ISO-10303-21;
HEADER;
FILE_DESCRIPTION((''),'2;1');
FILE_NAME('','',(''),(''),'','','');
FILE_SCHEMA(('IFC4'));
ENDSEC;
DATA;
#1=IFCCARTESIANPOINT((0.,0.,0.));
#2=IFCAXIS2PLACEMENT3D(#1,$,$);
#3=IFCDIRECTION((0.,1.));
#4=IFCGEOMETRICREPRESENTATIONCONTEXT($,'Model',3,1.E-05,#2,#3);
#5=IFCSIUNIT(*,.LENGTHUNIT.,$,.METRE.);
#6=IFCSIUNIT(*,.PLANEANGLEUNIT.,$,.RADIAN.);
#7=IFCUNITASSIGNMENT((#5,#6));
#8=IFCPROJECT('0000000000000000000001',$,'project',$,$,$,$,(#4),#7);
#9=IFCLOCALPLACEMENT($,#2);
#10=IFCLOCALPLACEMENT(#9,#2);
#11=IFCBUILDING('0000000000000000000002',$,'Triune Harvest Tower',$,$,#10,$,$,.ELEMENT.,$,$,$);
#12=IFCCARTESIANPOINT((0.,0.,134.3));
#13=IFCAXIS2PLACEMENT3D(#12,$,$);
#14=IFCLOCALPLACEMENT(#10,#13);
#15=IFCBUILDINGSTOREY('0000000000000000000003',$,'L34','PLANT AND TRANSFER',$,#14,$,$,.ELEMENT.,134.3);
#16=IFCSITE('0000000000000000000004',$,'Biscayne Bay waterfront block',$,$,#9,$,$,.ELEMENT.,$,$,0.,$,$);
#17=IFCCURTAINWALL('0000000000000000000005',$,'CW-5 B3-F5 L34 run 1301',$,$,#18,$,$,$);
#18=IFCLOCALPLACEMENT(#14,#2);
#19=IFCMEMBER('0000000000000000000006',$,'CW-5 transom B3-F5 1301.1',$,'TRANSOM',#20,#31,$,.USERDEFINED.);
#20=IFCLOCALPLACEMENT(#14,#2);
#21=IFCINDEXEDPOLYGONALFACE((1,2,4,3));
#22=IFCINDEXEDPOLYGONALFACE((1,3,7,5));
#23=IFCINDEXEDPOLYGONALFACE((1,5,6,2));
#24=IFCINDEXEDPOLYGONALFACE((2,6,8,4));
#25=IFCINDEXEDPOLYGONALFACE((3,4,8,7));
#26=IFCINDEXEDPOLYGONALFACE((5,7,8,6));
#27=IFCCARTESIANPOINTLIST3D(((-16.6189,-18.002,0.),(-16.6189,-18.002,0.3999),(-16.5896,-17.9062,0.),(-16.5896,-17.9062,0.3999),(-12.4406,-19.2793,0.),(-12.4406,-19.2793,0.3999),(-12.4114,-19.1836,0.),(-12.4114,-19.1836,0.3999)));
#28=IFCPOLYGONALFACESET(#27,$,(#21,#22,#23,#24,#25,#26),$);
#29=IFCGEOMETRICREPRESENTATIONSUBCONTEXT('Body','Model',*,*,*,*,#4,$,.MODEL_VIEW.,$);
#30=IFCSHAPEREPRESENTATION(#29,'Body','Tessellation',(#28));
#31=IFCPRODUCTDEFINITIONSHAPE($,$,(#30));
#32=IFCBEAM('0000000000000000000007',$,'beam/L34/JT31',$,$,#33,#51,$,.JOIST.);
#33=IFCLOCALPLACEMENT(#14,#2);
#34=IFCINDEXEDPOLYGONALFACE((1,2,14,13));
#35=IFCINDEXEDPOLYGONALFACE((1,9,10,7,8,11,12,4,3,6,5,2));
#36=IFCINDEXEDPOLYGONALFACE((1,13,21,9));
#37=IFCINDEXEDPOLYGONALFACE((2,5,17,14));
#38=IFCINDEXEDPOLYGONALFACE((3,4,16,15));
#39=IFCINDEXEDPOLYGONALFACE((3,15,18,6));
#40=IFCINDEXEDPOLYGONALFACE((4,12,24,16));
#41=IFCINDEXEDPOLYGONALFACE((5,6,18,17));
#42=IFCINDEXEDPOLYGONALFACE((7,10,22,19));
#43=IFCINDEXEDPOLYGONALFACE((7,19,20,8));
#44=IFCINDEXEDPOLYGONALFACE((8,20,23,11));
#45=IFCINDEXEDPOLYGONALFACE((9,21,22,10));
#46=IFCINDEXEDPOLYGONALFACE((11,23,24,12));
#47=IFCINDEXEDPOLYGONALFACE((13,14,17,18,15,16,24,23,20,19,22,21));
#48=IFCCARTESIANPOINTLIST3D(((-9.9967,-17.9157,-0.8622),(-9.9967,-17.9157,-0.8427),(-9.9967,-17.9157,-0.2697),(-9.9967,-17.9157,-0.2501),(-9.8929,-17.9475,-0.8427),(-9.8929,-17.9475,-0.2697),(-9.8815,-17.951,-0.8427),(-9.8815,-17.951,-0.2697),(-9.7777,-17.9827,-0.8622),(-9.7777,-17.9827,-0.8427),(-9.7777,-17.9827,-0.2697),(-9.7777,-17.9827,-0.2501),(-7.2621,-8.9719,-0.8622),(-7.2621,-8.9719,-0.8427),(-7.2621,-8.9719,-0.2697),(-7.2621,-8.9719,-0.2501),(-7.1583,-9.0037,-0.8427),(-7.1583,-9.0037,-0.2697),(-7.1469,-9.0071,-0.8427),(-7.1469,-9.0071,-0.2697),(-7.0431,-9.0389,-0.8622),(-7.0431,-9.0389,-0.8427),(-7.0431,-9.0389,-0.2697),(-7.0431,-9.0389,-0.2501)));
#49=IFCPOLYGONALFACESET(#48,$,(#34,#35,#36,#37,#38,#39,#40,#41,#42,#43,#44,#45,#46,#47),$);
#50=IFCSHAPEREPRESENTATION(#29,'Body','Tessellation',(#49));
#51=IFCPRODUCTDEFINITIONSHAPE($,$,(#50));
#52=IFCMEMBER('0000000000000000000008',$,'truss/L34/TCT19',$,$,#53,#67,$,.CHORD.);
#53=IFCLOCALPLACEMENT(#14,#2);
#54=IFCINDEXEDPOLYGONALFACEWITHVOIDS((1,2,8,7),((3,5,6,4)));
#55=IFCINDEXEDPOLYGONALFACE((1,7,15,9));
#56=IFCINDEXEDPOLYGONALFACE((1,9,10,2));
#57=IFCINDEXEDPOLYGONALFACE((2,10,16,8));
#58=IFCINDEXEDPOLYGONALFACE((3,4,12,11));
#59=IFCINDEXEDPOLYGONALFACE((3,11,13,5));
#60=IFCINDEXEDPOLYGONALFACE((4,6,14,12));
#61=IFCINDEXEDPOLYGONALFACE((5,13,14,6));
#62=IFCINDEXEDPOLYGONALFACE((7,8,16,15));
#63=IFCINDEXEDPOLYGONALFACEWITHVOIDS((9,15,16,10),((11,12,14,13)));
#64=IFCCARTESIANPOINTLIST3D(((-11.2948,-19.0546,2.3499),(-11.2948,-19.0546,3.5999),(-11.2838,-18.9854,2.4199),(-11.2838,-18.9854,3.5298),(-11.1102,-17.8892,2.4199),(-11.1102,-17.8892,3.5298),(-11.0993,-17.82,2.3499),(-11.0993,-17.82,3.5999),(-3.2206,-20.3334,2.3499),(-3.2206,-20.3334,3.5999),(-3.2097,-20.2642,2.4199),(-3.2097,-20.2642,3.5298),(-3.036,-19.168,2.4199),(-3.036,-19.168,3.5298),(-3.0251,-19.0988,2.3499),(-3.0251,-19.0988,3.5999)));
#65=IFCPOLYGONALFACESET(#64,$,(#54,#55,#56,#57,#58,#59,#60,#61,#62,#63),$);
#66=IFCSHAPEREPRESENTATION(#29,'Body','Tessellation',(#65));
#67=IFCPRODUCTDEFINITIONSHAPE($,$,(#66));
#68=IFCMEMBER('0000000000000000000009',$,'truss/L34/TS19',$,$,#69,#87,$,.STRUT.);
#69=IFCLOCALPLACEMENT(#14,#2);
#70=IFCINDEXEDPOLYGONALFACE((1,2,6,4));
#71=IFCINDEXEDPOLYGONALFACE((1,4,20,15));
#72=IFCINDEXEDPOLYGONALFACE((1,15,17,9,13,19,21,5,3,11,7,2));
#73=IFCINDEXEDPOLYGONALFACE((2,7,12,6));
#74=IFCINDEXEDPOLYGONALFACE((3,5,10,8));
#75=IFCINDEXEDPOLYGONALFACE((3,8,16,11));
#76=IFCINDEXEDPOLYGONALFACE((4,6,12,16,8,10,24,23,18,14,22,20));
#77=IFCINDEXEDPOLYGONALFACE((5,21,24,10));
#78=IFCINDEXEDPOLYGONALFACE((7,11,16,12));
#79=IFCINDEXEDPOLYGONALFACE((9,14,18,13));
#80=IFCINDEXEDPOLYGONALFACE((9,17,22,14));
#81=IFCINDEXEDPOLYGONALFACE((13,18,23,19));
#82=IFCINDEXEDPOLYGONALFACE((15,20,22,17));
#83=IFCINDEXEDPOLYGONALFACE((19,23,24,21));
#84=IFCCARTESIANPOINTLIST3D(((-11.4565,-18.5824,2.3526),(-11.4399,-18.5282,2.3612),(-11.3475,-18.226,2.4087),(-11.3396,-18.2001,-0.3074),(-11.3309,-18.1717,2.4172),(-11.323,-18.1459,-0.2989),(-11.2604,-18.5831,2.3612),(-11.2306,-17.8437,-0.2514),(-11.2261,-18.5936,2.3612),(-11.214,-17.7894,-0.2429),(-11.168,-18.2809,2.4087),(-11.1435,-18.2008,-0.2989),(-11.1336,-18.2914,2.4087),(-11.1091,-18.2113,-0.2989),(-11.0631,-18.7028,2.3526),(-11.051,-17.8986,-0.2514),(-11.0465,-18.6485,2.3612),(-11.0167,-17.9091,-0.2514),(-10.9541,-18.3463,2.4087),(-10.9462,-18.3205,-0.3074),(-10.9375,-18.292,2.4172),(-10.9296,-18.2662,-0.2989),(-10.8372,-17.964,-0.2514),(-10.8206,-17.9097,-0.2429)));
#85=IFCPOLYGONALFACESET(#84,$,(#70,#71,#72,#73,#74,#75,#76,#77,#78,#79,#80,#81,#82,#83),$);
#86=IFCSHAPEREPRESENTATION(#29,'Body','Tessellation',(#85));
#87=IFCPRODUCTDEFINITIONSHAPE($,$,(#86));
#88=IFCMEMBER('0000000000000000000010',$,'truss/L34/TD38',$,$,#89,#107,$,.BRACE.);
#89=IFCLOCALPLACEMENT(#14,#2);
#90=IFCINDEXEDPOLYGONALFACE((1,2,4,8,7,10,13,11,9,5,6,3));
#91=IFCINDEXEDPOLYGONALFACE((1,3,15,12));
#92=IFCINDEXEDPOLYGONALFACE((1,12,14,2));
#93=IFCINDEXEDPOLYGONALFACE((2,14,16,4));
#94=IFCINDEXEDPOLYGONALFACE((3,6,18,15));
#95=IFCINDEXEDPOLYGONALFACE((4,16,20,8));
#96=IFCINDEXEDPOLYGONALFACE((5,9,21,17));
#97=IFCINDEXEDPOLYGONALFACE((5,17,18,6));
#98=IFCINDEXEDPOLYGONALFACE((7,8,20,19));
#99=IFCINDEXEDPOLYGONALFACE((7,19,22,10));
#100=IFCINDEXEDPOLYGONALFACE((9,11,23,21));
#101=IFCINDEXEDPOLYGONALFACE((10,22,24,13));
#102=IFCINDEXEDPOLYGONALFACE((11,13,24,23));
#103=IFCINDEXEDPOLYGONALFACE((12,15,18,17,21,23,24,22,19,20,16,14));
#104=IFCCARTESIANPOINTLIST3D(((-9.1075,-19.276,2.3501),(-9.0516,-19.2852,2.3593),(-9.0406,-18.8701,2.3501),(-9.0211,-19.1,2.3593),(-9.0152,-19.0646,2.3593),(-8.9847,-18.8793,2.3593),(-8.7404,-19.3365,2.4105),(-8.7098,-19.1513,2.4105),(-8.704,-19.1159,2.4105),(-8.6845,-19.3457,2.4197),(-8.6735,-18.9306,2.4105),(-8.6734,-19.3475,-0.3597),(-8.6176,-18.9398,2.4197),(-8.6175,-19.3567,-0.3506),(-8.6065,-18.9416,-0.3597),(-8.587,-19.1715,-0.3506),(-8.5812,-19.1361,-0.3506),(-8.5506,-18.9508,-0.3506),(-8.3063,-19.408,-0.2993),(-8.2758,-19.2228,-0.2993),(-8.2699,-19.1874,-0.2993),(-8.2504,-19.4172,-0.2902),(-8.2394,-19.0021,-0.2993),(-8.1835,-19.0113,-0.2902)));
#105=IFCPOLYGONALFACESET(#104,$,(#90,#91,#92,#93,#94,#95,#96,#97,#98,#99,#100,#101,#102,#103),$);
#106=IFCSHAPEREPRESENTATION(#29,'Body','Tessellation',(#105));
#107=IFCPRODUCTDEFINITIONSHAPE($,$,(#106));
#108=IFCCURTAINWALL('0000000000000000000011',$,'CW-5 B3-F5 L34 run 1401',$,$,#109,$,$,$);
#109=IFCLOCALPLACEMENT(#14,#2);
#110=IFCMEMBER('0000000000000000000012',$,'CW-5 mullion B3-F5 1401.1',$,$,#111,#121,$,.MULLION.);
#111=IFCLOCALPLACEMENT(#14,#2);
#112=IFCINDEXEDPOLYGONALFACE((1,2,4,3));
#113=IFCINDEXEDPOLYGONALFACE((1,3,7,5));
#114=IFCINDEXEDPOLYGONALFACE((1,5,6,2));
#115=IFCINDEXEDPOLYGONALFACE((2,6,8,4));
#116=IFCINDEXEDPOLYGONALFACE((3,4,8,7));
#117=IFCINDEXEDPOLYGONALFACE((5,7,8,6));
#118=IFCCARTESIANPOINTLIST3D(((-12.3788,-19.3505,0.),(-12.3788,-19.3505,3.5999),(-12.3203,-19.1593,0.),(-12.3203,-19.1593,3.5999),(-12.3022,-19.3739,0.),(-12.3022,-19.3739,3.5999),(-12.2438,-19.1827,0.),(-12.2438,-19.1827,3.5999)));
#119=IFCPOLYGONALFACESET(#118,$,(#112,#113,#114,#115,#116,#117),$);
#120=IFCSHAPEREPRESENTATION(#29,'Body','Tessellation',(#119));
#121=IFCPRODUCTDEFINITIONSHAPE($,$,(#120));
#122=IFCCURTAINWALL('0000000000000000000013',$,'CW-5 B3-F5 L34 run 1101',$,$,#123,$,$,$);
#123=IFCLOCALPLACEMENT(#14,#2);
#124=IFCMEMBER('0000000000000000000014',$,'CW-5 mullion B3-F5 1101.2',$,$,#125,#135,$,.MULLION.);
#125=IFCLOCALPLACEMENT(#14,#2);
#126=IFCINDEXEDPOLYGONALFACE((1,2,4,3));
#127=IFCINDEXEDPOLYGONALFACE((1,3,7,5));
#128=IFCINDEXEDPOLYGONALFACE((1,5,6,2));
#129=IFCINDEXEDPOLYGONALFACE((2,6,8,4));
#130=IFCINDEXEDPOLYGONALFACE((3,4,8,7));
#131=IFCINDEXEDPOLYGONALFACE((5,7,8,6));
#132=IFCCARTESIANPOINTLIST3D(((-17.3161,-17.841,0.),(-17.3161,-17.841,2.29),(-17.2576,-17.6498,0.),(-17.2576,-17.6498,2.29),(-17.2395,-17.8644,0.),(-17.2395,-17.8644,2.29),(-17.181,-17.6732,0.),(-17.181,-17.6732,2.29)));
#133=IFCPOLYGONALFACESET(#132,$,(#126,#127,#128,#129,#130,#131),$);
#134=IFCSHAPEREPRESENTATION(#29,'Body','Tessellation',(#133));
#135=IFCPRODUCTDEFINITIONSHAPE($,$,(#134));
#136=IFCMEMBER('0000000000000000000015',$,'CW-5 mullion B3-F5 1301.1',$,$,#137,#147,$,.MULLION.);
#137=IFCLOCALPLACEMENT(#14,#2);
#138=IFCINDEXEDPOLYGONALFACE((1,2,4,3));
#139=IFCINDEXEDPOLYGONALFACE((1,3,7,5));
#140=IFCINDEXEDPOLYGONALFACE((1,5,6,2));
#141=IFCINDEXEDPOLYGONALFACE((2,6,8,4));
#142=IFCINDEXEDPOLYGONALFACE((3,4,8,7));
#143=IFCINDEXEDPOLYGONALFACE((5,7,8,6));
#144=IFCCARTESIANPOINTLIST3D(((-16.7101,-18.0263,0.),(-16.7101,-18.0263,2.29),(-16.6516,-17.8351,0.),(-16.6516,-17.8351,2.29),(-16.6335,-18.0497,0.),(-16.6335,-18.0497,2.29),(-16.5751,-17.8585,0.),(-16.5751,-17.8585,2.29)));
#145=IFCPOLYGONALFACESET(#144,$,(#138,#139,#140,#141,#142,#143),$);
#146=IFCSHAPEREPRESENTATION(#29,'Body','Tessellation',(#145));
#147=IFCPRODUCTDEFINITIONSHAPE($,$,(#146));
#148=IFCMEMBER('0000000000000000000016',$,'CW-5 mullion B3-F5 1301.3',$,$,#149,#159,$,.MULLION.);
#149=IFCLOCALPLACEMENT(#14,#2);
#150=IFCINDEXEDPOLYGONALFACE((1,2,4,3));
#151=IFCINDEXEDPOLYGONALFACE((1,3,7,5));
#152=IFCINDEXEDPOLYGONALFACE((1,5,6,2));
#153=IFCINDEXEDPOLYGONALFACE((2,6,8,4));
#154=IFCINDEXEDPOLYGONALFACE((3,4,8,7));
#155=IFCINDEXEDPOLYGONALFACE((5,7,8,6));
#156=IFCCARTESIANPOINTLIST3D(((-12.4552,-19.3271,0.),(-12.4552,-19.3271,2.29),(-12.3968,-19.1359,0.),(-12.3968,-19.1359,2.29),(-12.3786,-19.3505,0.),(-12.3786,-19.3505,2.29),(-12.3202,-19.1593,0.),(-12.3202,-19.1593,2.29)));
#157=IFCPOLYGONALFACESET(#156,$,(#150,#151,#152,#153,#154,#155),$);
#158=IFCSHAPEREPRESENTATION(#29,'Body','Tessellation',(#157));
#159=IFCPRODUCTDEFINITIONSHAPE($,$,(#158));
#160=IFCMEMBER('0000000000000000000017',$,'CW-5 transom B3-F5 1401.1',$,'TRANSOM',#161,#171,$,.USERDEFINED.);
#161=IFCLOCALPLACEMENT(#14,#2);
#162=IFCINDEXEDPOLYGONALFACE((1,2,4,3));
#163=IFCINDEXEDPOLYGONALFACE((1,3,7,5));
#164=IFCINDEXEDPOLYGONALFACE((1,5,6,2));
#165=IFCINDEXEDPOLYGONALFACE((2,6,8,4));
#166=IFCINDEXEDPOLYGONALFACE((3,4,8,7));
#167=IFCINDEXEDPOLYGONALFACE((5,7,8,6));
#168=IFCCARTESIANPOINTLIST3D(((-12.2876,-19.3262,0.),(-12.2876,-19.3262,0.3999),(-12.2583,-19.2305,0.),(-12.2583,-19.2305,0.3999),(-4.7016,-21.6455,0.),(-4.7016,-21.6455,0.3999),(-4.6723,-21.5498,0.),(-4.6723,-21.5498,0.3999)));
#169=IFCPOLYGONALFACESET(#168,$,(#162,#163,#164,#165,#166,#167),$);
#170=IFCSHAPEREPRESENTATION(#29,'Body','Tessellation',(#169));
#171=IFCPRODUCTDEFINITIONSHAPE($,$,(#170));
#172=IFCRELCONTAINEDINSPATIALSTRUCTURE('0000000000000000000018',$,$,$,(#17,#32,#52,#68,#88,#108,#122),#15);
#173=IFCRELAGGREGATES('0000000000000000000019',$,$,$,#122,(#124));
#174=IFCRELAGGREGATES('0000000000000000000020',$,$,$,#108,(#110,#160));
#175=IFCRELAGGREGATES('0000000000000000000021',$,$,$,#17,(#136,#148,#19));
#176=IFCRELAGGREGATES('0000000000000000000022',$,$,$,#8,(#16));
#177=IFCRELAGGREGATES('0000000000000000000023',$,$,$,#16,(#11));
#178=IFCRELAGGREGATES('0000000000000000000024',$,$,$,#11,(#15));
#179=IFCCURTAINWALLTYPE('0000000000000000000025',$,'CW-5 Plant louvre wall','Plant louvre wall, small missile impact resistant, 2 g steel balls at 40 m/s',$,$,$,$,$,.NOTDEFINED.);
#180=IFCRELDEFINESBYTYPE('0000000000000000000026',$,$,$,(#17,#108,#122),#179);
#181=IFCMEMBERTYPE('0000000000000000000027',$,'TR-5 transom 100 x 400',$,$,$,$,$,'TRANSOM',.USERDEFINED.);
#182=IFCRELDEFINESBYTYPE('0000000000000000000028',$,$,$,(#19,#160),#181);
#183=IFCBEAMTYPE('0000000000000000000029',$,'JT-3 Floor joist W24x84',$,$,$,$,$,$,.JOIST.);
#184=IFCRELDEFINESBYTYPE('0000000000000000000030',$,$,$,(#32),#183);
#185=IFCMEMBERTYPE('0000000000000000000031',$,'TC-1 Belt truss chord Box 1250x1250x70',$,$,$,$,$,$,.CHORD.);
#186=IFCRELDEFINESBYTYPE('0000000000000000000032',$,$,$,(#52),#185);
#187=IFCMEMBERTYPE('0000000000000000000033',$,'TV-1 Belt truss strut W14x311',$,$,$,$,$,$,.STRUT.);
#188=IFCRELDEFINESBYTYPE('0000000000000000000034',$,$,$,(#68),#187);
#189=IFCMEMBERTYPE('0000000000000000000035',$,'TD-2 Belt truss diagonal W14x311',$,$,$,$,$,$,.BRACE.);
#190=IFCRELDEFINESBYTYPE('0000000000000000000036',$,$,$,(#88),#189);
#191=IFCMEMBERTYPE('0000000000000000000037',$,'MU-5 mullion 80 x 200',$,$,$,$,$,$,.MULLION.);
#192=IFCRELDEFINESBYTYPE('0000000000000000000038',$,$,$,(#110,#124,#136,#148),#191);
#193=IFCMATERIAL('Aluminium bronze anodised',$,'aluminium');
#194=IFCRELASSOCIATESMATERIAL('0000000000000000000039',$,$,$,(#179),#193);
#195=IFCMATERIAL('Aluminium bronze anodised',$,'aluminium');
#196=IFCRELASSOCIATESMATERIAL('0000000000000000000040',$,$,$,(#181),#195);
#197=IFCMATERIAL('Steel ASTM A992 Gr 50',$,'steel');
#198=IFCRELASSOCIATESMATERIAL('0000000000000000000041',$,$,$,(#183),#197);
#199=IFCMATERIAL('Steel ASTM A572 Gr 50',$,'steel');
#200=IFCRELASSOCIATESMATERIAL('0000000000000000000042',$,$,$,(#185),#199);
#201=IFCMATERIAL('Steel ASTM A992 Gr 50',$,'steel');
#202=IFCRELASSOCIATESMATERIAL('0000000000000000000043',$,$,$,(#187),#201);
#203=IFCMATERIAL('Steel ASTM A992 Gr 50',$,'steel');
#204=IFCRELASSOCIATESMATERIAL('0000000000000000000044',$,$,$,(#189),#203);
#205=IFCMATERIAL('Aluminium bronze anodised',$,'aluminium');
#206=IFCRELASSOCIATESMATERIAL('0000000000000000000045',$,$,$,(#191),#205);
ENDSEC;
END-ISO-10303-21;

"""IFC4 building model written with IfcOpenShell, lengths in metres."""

from ifc_helpers import new_model, si_unit, direction, frame, origin, origin_2d, place, context, subcontext, project, spatial, rectangle, hollow_rectangle, i_section, extrude, source, transform, mapped, material, material_profile, profile_set, type_object, element, aggregate, save


model = new_model("IFC4")

# Units and contexts
model_context = context("Model", 3, precision=1e-05, world=origin(), true_north=direction((0.0, 1.0)))
body_context = subcontext(model_context, "Body", "Model", "MODEL_VIEW")
ifc_project = project(units=[si_unit("LENGTHUNIT", "METRE"), si_unit("PLANEANGLEUNIT", "RADIAN")], contexts=[model_context])

# Site, building, storey
site_placement = place(None, origin())
site = spatial("IfcSite", under=ifc_project, at=site_placement, Name="Biscayne Bay waterfront block", CompositionType="ELEMENT", RefElevation=0.0)
building_placement = place(site_placement, origin())
building = spatial("IfcBuilding", under=site, at=building_placement, Name="Triune Harvest Tower", CompositionType="ELEMENT")
storey_placement = place(building_placement, frame((0.0, 0.0, 134.3)))
storey = spatial("IfcBuildingStorey", under=building, at=storey_placement, Name="L34", Description="PLANT AND TRANSFER", CompositionType="ELEMENT", Elevation=134.3)

# Curtain wall, member
ifc_material_1 = material(Name="Aluminium bronze anodised", Category="aluminium")
curtain_wall_type = type_object("IfcCurtainWallType", Name="CW-5 Plant louvre wall", Description="Plant louvre wall, small missile impact resistant, 2 g steel balls at 40 m/s", PredefinedType="NOTDEFINED", material=ifc_material_1)
curtain_wall_1_placement = place(storey_placement, origin())
curtain_wall_1 = element("IfcCurtainWall", 1, at=curtain_wall_1_placement, inside=storey, type_object=curtain_wall_type, Name="CW-5 B3-F5 L34 run 1301")
ifc_material_2 = material(Name="Aluminium bronze anodised", Category="aluminium")
ifc_material_profile_1 = material_profile(ifc_material_2, rectangle(XDim=0.1001, YDim=0.3999, at=origin_2d()), Name="TR-5 transom 100 x 400")
ifc_profile_set_1 = profile_set([ifc_material_profile_1], Name="Aluminium bronze anodised")
member_type_1 = type_object("IfcMemberType", Name="TR-5 transom 100 x 400", ElementType="TRANSOM", PredefinedType="USERDEFINED", material=ifc_profile_set_1)
member_1_placement = place(storey_placement, frame((-16.6042, -17.9541, 0.2), z_axis=(0.956309, -0.292358, 0.0), x_axis=(0.292358, 0.956309, 0.0)))
member_1 = element("IfcMember", 2, at=member_1_placement, type_object=member_type_1, Name="CW-5 transom B3-F5 1301.1", ObjectType="TRANSOM", PredefinedType="USERDEFINED", context=body_context, shape_type="SweptSolid", body=[
    extrude(rectangle(XDim=0.1001, YDim=0.3999, at=origin_2d()), origin(), (0.0, 0.0, 1.0), 4.3691),
])

# Beam
ifc_material_3 = material(Name="Steel ASTM A992 Gr 50", Category="steel")
ifc_material_profile_2 = material_profile(ifc_material_3, i_section(OverallWidth=0.229, OverallDepth=0.6121, WebThickness=0.012, FlangeThickness=0.0195, at=origin_2d()), Name="W24x84")
ifc_profile_set_2 = profile_set([ifc_material_profile_2], Name="Steel ASTM A992 Gr 50")
beam_type = type_object("IfcBeamType", Name="JT-3 Floor joist W24x84", PredefinedType="JOIST", material=ifc_profile_set_2)
shared_shape_1 = source(origin(), body_context, "Body", "SweptSolid", [
    extrude(i_section(OverallWidth=0.229, OverallDepth=0.6121, WebThickness=0.012, FlangeThickness=0.0195, at=origin_2d()), origin(), (0.0, 0.0, 1.0), 9.3525),
])
beam_placement = place(storey_placement, frame((-9.8872, -17.9492, -0.5562), z_axis=(0.292392, 0.956298, 0.0), x_axis=(-0.956298, 0.292392, 0.0)))
element("IfcBeam", 3, at=beam_placement, inside=storey, type_object=beam_type, Name="beam/L34/JT31", PredefinedType="JOIST", context=body_context, shape_type="MappedRepresentation", body=[
    mapped(shared_shape_1, transform((0.0, 0.0, 0.0), scale=1.0)),
])

# Members
ifc_material_4 = material(Name="Steel ASTM A572 Gr 50", Category="steel")
ifc_material_profile_3 = material_profile(ifc_material_4, hollow_rectangle(XDim=1.25, YDim=1.25, WallThickness=0.0701, at=origin_2d()), Name="Box 1250x1250x70")
ifc_profile_set_3 = profile_set([ifc_material_profile_3], Name="Steel ASTM A572 Gr 50")
member_type_2 = type_object("IfcMemberType", Name="TC-1 Belt truss chord Box 1250x1250x70", PredefinedType="CHORD", material=ifc_profile_set_3)
shared_shape_2 = source(origin(), body_context, "Body", "SweptSolid", [
    extrude(hollow_rectangle(XDim=1.25, YDim=1.25, WallThickness=0.0701, at=origin_2d()), origin(), (0.0, 0.0, 1.0), 8.1748),
])
member_2_placement = place(storey_placement, frame((-11.197, -18.4373, 2.9749), z_axis=(0.987689, -0.156432, 0.0), x_axis=(0.156432, 0.987689, 0.0)))
element("IfcMember", 4, at=member_2_placement, inside=storey, type_object=member_type_2, Name="truss/L34/TCT19", PredefinedType="CHORD", context=body_context, shape_type="MappedRepresentation", body=[
    mapped(shared_shape_2, transform((0.0, 0.0, 0.0), scale=1.0)),
])
ifc_material_5 = material(Name="Steel ASTM A992 Gr 50", Category="steel")
ifc_material_profile_4 = material_profile(ifc_material_5, i_section(OverallWidth=0.4114, OverallDepth=0.4343, WebThickness=0.0359, FlangeThickness=0.0574, at=origin_2d()), Name="W14x311")
ifc_profile_set_4 = profile_set([ifc_material_profile_4], Name="Steel ASTM A992 Gr 50")
member_type_3 = type_object("IfcMemberType", Name="TV-1 Belt truss strut W14x311", PredefinedType="STRUT", material=ifc_profile_set_4)
shared_shape_3 = source(origin(), body_context, "Body", "SweptSolid", [
    extrude(i_section(OverallWidth=0.4114, OverallDepth=0.4343, WebThickness=0.0359, FlangeThickness=0.0574, at=origin_2d()), origin(), (0.0, 0.0, 1.0), 2.6899),
])
member_3_placement = place(storey_placement, frame((-11.0801, -18.0549, -0.2751), z_axis=(-0.043473, -0.142126, 0.988893), x_axis=(0.956266, -0.292498, 0.0)))
element("IfcMember", 5, at=member_3_placement, inside=storey, type_object=member_type_3, Name="truss/L34/TS19", PredefinedType="STRUT", context=body_context, shape_type="MappedRepresentation", body=[
    mapped(shared_shape_3, transform((0.0, 0.0, 0.0), scale=1.0)),
])
ifc_material_6 = material(Name="Steel ASTM A992 Gr 50", Category="steel")
ifc_material_profile_5 = material_profile(ifc_material_6, i_section(OverallWidth=0.4114, OverallDepth=0.4343, WebThickness=0.0359, FlangeThickness=0.0574, at=origin_2d()), Name="W14x311")
ifc_profile_set_5 = profile_set([ifc_material_profile_5], Name="Steel ASTM A992 Gr 50")
member_type_4 = type_object("IfcMemberType", Name="TD-2 Belt truss diagonal W14x311", PredefinedType="BRACE", material=ifc_profile_set_5)
shared_shape_4 = source(origin(), body_context, "Body", "SweptSolid", [
    extrude(i_section(OverallWidth=0.4114, OverallDepth=0.4343, WebThickness=0.0359, FlangeThickness=0.0574, at=origin_2d()), origin(), (0.0, 0.0, 1.0), 2.7454),
])
member_4_placement = place(storey_placement, frame((-8.4285, -19.1794, -0.325), z_axis=(-0.15811, 0.026055, 0.987078), x_axis=(-0.162599, -0.986692, 0.0)))
element("IfcMember", 6, at=member_4_placement, inside=storey, type_object=member_type_4, Name="truss/L34/TD38", PredefinedType="BRACE", context=body_context, shape_type="MappedRepresentation", body=[
    mapped(shared_shape_4, transform((0.0, 0.0, 0.0), scale=1.0)),
])

# Curtain walls, members
curtain_wall_2_placement = place(storey_placement, origin())
curtain_wall_2 = element("IfcCurtainWall", 7, at=curtain_wall_2_placement, inside=storey, type_object=curtain_wall_type, Name="CW-5 B3-F5 L34 run 1401")
ifc_material_7 = material(Name="Aluminium bronze anodised", Category="aluminium")
ifc_material_profile_6 = material_profile(ifc_material_7, rectangle(XDim=0.2, YDim=0.0801, at=origin_2d()), Name="MU-5 mullion 80 x 200")
ifc_profile_set_6 = profile_set([ifc_material_profile_6], Name="Aluminium bronze anodised")
member_type_5 = type_object("IfcMemberType", Name="MU-5 mullion 80 x 200", PredefinedType="MULLION", material=ifc_profile_set_6)
shared_shape_5 = source(origin(), body_context, "Body", "SweptSolid", [
    extrude(rectangle(XDim=0.2, YDim=0.0801, at=origin_2d()), origin(), (0.0, 0.0, 1.0), 3.5999),
])
member_5_placement = place(storey_placement, frame((-12.3113, -19.2666, 0.0), z_axis=(0.0, 0.0, 1.0), x_axis=(0.292374, 0.956304, 0.0)))
member_5 = element("IfcMember", 8, at=member_5_placement, type_object=member_type_5, Name="CW-5 mullion B3-F5 1401.1", PredefinedType="MULLION", context=body_context, shape_type="MappedRepresentation", body=[
    mapped(shared_shape_5, transform((0.0, 0.0, 0.0), scale=1.0)),
])
curtain_wall_3_placement = place(storey_placement, origin())
curtain_wall_3 = element("IfcCurtainWall", 9, at=curtain_wall_3_placement, inside=storey, type_object=curtain_wall_type, Name="CW-5 B3-F5 L34 run 1101")
shared_shape_6 = source(origin(), body_context, "Body", "SweptSolid", [
    extrude(rectangle(XDim=0.2, YDim=0.0801, at=origin_2d()), origin(), (0.0, 0.0, 1.0), 2.29),
])
member_6_placement = place(storey_placement, frame((-17.2485, -17.7571, 0.0), z_axis=(0.0, 0.0, 1.0), x_axis=(0.292384, 0.956301, 0.0)))
member_6 = element("IfcMember", 10, at=member_6_placement, type_object=member_type_5, Name="CW-5 mullion B3-F5 1101.2", PredefinedType="MULLION", context=body_context, shape_type="MappedRepresentation", body=[
    mapped(shared_shape_6, transform((0.0, 0.0, 0.0), scale=1.0)),
])
aggregate(curtain_wall_3, [member_6])

# Members
member_7_placement = place(storey_placement, frame((-16.6426, -17.9424, 0.0), z_axis=(0.0, 0.0, 1.0), x_axis=(0.292369, 0.956305, 0.0)))
member_7 = element("IfcMember", 11, at=member_7_placement, type_object=member_type_5, Name="CW-5 mullion B3-F5 1301.1", PredefinedType="MULLION", context=body_context, shape_type="MappedRepresentation", body=[
    mapped(shared_shape_6, transform((0.0, 0.0, 0.0), scale=1.0)),
])
member_8_placement = place(storey_placement, frame((-12.3877, -19.2432, 0.0), z_axis=(0.0, 0.0, 1.0), x_axis=(0.292369, 0.956305, 0.0)))
member_8 = element("IfcMember", 12, at=member_8_placement, type_object=member_type_5, Name="CW-5 mullion B3-F5 1301.3", PredefinedType="MULLION", context=body_context, shape_type="MappedRepresentation", body=[
    mapped(shared_shape_6, transform((0.0, 0.0, 0.0), scale=1.0)),
])
shared_shape_7 = source(origin(), body_context, "Body", "SweptSolid", [
    extrude(rectangle(XDim=0.1001, YDim=0.3999, at=origin_2d()), origin(), (0.0, 0.0, 1.0), 7.9326),
])
member_9_placement = place(storey_placement, frame((-12.2729, -19.2783, 0.2), z_axis=(0.956302, -0.292381, 0.0), x_axis=(0.292381, 0.956302, 0.0)))
member_9 = element("IfcMember", 13, at=member_9_placement, type_object=member_type_1, Name="CW-5 transom B3-F5 1401.1", ObjectType="TRANSOM", PredefinedType="USERDEFINED", context=body_context, shape_type="MappedRepresentation", body=[
    mapped(shared_shape_7, transform((0.0, 0.0, 0.0), scale=1.0)),
])

aggregate(curtain_wall_2, [member_5, member_9])
aggregate(curtain_wall_1, [member_7, member_8, member_1])

save(model, "model.ifc")
